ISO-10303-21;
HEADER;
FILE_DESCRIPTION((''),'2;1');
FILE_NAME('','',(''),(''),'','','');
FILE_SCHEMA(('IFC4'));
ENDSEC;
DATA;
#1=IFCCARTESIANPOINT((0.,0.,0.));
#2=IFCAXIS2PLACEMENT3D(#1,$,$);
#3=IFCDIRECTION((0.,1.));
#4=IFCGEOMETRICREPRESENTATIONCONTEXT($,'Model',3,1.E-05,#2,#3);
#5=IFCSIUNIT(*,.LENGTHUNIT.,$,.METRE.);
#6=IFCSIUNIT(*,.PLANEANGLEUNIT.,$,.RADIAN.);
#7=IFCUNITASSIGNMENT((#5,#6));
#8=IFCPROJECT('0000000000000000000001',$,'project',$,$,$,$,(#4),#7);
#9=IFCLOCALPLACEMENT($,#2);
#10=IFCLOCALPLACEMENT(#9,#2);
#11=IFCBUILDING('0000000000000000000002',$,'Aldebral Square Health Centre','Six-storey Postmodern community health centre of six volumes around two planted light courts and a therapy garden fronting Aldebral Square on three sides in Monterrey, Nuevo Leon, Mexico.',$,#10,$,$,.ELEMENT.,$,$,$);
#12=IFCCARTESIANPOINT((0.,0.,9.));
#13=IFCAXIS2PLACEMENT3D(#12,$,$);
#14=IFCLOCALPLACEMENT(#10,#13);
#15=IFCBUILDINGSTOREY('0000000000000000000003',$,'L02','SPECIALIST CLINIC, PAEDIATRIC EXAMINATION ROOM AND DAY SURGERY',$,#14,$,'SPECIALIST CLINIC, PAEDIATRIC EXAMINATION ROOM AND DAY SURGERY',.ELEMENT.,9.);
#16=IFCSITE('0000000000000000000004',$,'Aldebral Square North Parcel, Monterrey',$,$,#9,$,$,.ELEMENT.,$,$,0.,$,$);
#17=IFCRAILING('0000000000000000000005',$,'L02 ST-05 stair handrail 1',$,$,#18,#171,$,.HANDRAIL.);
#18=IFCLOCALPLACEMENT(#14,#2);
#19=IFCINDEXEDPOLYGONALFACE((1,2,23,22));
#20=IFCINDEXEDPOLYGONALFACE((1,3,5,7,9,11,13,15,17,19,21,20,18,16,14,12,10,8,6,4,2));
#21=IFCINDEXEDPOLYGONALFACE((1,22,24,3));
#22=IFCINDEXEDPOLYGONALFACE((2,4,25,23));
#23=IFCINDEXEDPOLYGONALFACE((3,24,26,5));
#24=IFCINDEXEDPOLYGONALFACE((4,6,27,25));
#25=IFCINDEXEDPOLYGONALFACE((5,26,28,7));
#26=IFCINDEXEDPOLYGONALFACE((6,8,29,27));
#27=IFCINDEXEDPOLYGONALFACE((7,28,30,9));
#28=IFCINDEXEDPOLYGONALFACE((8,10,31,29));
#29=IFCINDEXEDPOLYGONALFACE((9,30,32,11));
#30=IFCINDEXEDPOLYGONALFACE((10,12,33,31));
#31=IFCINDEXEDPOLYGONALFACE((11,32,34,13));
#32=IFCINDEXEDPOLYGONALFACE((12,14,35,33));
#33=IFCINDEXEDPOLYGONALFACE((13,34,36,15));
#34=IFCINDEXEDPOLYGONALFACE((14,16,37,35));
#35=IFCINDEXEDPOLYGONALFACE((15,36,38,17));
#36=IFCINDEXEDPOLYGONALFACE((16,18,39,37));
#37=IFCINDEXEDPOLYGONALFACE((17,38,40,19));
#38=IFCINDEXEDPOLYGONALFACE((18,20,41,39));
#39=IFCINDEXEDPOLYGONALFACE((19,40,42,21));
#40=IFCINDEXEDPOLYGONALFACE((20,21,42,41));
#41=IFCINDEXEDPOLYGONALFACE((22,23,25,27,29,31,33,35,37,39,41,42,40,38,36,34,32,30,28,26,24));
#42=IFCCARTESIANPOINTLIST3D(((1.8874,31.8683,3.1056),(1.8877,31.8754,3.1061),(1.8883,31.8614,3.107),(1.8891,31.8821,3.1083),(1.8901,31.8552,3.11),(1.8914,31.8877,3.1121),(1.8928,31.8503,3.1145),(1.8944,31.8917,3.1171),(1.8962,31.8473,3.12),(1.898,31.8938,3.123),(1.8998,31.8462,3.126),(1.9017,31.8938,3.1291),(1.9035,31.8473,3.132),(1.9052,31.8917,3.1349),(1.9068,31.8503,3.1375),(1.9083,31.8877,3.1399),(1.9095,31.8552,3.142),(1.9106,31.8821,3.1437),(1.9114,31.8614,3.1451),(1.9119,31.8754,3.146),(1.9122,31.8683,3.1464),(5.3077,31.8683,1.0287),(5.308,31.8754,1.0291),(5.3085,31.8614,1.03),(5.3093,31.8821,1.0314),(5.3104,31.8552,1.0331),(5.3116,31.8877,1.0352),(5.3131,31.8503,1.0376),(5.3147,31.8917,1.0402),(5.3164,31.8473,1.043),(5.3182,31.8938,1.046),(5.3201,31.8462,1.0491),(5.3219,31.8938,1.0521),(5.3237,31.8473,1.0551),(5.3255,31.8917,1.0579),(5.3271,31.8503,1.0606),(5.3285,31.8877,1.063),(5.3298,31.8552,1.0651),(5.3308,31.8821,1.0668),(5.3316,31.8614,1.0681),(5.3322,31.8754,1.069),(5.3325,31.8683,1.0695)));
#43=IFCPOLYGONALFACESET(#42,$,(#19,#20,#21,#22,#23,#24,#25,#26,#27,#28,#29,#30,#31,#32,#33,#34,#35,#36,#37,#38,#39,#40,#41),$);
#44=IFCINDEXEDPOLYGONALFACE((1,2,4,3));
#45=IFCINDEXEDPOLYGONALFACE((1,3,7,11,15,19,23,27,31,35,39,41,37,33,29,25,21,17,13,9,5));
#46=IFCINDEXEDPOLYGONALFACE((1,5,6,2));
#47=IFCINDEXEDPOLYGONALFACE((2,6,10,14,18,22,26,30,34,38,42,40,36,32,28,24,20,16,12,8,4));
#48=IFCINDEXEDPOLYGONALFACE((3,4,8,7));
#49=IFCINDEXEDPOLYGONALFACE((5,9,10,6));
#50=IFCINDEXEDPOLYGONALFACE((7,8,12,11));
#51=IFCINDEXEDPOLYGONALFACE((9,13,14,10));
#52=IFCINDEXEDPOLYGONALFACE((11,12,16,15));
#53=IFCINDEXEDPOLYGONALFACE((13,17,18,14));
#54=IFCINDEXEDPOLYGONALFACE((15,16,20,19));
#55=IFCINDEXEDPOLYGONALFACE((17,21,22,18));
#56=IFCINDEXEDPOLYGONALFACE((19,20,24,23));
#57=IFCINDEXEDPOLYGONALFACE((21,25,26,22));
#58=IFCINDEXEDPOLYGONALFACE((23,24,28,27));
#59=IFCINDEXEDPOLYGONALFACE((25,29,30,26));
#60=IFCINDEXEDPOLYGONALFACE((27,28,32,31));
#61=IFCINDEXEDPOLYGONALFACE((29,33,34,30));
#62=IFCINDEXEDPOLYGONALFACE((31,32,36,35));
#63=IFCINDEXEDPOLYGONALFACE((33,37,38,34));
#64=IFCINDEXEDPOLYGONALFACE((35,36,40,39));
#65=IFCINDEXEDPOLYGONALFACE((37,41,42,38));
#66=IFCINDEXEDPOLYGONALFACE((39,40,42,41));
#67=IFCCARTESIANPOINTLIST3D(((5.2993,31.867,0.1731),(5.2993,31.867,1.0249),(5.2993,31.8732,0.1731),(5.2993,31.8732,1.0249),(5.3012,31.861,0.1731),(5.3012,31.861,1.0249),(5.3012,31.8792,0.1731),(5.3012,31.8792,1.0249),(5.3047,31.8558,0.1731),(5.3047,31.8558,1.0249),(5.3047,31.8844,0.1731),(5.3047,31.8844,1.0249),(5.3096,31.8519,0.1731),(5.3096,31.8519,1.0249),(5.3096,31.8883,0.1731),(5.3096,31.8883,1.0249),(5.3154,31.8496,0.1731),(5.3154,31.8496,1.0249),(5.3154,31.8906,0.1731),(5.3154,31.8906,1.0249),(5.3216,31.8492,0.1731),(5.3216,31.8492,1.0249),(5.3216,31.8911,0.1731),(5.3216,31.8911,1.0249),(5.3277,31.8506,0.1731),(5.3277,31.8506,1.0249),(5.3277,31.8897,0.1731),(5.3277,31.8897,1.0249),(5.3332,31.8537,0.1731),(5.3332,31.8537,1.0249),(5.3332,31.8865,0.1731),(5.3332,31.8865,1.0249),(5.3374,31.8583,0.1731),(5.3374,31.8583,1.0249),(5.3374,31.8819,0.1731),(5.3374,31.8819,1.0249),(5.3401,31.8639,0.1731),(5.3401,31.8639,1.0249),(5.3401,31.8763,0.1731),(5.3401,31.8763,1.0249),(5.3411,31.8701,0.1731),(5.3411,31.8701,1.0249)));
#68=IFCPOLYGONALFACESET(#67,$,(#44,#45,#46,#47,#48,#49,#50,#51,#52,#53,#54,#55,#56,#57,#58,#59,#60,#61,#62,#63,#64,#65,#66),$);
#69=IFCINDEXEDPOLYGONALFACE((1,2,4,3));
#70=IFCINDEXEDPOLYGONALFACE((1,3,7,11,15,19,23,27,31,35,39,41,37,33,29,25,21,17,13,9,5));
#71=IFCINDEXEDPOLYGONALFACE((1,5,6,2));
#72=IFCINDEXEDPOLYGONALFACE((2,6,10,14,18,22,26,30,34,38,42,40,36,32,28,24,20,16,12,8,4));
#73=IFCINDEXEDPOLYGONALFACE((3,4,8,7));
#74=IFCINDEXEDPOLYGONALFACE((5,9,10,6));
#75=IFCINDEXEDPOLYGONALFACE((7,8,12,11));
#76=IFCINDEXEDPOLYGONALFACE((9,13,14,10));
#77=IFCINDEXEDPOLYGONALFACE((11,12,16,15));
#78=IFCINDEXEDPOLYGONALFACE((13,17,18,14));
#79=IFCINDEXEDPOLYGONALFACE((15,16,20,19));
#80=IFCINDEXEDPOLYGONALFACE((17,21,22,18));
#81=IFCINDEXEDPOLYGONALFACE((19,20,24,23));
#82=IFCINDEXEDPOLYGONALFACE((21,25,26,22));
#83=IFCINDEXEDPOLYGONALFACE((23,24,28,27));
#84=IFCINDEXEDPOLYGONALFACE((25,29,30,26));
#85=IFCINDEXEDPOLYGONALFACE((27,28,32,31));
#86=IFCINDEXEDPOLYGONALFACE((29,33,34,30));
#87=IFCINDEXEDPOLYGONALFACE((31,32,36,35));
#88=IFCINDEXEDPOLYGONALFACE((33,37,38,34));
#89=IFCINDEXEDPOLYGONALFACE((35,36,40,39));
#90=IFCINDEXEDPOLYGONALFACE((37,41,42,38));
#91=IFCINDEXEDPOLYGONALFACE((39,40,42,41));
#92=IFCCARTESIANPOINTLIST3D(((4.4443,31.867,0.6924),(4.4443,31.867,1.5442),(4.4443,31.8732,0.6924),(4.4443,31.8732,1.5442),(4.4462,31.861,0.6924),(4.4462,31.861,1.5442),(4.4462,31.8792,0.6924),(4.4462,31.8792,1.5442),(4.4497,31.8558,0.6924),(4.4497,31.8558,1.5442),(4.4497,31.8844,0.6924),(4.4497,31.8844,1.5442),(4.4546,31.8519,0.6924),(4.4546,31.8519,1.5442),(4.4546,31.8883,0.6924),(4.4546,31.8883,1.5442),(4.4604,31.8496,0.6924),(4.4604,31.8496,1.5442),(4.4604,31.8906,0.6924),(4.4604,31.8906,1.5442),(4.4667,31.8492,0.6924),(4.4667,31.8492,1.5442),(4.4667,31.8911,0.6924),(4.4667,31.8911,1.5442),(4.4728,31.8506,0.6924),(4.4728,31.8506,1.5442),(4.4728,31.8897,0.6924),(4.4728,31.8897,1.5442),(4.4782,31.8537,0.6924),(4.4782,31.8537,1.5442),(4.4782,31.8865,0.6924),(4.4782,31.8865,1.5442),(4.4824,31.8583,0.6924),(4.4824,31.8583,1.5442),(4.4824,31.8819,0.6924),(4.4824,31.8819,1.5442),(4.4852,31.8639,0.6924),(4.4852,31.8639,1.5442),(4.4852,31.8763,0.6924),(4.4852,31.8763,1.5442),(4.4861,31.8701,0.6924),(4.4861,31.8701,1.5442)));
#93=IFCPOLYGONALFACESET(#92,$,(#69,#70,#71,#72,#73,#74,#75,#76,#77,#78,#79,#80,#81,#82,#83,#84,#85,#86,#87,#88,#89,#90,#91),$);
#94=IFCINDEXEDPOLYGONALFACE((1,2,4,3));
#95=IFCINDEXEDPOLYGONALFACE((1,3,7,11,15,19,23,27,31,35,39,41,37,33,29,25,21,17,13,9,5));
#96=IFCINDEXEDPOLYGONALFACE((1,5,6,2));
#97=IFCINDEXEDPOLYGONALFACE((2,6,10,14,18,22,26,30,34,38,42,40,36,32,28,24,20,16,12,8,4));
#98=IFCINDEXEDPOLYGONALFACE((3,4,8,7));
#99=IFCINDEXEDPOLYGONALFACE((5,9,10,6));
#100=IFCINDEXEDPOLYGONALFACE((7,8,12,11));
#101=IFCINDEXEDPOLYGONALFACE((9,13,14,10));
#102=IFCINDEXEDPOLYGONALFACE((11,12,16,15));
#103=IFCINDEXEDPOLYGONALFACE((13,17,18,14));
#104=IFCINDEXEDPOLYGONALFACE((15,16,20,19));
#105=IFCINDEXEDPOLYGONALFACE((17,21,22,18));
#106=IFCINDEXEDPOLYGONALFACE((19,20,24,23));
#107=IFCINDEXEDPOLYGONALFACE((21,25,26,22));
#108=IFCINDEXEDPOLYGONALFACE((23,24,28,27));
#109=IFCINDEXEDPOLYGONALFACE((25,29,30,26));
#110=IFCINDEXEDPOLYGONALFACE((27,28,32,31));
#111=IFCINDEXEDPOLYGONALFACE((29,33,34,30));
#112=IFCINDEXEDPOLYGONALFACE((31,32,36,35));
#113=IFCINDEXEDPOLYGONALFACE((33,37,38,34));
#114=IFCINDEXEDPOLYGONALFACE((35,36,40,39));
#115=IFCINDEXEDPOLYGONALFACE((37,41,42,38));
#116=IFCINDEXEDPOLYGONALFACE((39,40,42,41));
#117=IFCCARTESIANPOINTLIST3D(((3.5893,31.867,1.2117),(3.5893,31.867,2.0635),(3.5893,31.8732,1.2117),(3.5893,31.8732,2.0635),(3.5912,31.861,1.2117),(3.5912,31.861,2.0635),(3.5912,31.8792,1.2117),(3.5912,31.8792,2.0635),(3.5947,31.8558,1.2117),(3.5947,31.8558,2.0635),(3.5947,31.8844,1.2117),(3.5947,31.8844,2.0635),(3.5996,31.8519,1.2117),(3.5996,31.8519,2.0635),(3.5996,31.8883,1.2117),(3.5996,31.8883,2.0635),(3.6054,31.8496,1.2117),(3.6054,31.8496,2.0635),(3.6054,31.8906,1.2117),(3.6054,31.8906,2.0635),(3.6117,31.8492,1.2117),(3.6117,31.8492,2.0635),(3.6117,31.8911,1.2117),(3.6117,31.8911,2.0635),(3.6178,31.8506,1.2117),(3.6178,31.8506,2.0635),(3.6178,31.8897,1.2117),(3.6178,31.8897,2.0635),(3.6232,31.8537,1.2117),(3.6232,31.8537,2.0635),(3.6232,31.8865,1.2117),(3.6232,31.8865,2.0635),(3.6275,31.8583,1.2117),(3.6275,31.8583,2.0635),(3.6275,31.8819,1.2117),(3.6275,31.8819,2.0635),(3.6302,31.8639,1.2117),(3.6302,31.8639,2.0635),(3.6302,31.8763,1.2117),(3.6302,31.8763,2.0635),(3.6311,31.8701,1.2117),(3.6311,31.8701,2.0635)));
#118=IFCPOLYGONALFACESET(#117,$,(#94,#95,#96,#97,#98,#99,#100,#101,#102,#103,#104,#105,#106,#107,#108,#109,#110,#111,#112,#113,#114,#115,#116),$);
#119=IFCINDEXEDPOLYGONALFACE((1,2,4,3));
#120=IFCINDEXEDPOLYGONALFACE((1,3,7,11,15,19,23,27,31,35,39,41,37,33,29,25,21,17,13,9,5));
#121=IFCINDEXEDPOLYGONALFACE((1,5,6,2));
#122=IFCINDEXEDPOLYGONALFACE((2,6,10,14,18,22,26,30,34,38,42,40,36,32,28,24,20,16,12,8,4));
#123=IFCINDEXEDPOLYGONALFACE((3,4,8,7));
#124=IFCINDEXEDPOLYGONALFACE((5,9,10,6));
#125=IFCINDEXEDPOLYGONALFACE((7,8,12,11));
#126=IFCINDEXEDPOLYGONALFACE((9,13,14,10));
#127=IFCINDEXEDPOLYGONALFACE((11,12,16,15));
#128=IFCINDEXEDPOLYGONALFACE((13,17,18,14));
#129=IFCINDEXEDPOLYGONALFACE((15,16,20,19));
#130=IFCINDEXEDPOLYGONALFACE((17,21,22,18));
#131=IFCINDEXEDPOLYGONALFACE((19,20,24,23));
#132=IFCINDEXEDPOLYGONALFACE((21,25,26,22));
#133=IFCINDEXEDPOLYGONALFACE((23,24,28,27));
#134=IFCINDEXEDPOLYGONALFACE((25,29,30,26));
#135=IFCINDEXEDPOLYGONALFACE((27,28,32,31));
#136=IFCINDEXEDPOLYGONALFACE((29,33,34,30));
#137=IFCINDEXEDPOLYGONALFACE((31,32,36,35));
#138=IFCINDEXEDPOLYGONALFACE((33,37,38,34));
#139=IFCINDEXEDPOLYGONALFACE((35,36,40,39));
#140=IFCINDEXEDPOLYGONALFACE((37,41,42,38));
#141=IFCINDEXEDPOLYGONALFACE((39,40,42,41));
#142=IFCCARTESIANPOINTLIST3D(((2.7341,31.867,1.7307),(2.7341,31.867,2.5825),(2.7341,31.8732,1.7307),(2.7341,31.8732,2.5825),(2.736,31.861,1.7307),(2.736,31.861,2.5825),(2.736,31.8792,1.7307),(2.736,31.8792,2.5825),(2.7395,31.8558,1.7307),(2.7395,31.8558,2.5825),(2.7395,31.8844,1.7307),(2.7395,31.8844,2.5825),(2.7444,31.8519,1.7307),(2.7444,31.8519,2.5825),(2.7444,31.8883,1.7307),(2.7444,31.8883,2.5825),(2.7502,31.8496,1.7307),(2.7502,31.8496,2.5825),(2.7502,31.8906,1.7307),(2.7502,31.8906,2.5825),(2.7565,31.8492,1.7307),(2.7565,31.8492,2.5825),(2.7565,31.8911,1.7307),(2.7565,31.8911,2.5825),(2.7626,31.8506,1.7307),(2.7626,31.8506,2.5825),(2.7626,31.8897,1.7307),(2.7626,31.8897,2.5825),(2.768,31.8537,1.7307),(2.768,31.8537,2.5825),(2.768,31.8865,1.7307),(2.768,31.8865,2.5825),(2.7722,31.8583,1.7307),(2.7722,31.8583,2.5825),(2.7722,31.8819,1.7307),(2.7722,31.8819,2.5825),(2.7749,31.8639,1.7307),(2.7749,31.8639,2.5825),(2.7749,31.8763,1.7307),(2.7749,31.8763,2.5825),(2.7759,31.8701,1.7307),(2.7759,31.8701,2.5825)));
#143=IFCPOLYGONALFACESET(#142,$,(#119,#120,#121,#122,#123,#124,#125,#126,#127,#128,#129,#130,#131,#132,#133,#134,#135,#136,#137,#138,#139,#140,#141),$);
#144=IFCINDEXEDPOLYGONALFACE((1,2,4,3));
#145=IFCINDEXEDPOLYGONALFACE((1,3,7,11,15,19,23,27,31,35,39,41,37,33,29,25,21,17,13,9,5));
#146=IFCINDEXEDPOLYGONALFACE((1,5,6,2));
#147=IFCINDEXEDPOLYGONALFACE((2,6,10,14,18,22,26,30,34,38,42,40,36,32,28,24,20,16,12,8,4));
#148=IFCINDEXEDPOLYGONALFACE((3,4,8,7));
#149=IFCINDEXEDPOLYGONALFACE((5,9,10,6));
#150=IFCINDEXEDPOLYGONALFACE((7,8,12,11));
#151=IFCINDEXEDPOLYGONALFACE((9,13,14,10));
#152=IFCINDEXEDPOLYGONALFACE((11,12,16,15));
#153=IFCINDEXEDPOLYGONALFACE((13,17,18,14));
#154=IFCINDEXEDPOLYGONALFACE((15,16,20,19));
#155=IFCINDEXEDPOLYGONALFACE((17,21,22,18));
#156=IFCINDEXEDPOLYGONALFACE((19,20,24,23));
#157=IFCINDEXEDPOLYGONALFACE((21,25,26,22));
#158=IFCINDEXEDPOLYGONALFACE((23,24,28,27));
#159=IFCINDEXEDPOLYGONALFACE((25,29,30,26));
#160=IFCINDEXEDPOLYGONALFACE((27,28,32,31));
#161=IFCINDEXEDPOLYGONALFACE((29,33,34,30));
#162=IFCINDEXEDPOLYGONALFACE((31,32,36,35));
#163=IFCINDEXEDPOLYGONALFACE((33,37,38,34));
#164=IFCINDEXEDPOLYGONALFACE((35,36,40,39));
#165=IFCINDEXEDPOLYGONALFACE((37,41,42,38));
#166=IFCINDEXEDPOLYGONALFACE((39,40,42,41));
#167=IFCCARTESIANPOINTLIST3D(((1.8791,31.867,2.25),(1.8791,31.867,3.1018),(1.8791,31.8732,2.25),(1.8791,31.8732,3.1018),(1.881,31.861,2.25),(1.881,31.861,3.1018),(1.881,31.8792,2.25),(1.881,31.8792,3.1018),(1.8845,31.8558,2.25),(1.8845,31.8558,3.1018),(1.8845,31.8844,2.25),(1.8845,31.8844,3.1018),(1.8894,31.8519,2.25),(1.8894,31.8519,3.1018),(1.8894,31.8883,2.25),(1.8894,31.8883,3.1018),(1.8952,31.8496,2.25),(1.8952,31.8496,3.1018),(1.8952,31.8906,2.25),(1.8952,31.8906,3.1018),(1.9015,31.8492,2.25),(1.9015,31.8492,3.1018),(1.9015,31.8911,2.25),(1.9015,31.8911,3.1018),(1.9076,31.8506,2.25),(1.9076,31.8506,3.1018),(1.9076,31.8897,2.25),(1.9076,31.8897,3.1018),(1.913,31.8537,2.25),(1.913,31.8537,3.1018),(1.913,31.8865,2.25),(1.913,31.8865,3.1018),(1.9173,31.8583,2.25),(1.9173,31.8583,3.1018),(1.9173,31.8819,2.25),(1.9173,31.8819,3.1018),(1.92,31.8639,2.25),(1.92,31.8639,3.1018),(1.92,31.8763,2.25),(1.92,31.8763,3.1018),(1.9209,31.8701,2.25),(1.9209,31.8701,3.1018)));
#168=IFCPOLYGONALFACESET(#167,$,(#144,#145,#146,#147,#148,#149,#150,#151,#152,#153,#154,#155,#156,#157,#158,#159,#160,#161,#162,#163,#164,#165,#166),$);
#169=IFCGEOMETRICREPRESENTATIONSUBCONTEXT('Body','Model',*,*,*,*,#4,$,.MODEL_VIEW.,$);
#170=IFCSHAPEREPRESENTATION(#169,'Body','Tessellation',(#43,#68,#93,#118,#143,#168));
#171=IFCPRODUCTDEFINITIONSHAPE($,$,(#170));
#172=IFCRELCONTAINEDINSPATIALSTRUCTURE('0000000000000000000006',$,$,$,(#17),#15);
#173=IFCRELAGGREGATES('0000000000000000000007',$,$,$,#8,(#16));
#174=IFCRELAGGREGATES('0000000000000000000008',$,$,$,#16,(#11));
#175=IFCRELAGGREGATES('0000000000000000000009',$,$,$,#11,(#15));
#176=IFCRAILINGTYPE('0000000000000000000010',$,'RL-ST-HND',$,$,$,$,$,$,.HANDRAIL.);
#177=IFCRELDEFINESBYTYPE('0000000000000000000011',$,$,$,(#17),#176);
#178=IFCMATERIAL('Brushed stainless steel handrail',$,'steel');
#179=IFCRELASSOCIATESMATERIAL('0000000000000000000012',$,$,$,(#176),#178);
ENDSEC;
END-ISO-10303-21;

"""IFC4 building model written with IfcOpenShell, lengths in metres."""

from ifc_helpers import new_model, si_unit, direction, frame, origin, origin_2d, place, context, subcontext, project, spatial, circle, extrude, material, type_object, element, save


model = new_model("IFC4")

# Units and contexts
model_context = context("Model", 3, precision=1e-05, world=origin(), true_north=direction((0.0, 1.0)))
body_context = subcontext(model_context, "Body", "Model", "MODEL_VIEW")
ifc_project = project(units=[si_unit("LENGTHUNIT", "METRE"), si_unit("PLANEANGLEUNIT", "RADIAN")], contexts=[model_context])

# Site, building, storey
site_placement = place(None, origin())
site = spatial("IfcSite", under=ifc_project, at=site_placement, Name="Aldebral Square North Parcel, Monterrey", CompositionType="ELEMENT", RefElevation=0.0)
building_placement = place(site_placement, origin())
building = spatial("IfcBuilding", under=site, at=building_placement, Name="Aldebral Square Health Centre", Description="Six-storey Postmodern community health centre of six volumes around two planted light courts and a therapy garden fronting Aldebral Square on three sides in Monterrey, Nuevo Leon, Mexico.", CompositionType="ELEMENT")
storey_placement = place(building_placement, frame((0.0, 0.0, 9.0)))
storey = spatial("IfcBuildingStorey", under=building, at=storey_placement, Name="L02", Description="SPECIALIST CLINIC, PAEDIATRIC EXAMINATION ROOM AND DAY SURGERY", LongName="SPECIALIST CLINIC, PAEDIATRIC EXAMINATION ROOM AND DAY SURGERY", CompositionType="ELEMENT", Elevation=9.0)

# Railing
ifc_material_1 = material(Name="Brushed stainless steel handrail", Category="steel")
railing_type_1 = type_object("IfcRailingType", Name="RL-ST-HND", PredefinedType="HANDRAIL", material=ifc_material_1)
railing_1_placement = place(storey_placement, frame((5.3201, 31.8701, 0.1731)))
element("IfcRailing", 1, at=railing_1_placement, inside=storey, type_object=railing_type_1, Name="L02 ST-05 stair handrail 1", PredefinedType="HANDRAIL", context=body_context, shape_type="SweptSolid", body=[
    extrude(circle(Radius=0.0239, at=origin_2d()), frame((0.0, 0.0, 0.876), z_axis=(-0.854746, 0.0, 0.519047), x_axis=(0.0, -1.0, 0.0)), (0.0, 0.0, 1.0), 4.0015),
    extrude(circle(Radius=0.021, at=origin_2d()), origin(), (0.0, 0.0, 1.0), 0.8518),
    extrude(circle(Radius=0.021, at=origin_2d()), frame((-0.855, 0.0, 0.5193)), (0.0, 0.0, 1.0), 0.8518),
    extrude(circle(Radius=0.021, at=origin_2d()), frame((-1.71, 0.0, 1.0386)), (0.0, 0.0, 1.0), 0.8518),
    extrude(circle(Radius=0.021, at=origin_2d()), frame((-2.5652, 0.0, 1.5576)), (0.0, 0.0, 1.0), 0.8518),
    extrude(circle(Radius=0.021, at=origin_2d()), frame((-3.4202, 0.0, 2.0769)), (0.0, 0.0, 1.0), 0.8518),
])

save(model, "model.ifc")
